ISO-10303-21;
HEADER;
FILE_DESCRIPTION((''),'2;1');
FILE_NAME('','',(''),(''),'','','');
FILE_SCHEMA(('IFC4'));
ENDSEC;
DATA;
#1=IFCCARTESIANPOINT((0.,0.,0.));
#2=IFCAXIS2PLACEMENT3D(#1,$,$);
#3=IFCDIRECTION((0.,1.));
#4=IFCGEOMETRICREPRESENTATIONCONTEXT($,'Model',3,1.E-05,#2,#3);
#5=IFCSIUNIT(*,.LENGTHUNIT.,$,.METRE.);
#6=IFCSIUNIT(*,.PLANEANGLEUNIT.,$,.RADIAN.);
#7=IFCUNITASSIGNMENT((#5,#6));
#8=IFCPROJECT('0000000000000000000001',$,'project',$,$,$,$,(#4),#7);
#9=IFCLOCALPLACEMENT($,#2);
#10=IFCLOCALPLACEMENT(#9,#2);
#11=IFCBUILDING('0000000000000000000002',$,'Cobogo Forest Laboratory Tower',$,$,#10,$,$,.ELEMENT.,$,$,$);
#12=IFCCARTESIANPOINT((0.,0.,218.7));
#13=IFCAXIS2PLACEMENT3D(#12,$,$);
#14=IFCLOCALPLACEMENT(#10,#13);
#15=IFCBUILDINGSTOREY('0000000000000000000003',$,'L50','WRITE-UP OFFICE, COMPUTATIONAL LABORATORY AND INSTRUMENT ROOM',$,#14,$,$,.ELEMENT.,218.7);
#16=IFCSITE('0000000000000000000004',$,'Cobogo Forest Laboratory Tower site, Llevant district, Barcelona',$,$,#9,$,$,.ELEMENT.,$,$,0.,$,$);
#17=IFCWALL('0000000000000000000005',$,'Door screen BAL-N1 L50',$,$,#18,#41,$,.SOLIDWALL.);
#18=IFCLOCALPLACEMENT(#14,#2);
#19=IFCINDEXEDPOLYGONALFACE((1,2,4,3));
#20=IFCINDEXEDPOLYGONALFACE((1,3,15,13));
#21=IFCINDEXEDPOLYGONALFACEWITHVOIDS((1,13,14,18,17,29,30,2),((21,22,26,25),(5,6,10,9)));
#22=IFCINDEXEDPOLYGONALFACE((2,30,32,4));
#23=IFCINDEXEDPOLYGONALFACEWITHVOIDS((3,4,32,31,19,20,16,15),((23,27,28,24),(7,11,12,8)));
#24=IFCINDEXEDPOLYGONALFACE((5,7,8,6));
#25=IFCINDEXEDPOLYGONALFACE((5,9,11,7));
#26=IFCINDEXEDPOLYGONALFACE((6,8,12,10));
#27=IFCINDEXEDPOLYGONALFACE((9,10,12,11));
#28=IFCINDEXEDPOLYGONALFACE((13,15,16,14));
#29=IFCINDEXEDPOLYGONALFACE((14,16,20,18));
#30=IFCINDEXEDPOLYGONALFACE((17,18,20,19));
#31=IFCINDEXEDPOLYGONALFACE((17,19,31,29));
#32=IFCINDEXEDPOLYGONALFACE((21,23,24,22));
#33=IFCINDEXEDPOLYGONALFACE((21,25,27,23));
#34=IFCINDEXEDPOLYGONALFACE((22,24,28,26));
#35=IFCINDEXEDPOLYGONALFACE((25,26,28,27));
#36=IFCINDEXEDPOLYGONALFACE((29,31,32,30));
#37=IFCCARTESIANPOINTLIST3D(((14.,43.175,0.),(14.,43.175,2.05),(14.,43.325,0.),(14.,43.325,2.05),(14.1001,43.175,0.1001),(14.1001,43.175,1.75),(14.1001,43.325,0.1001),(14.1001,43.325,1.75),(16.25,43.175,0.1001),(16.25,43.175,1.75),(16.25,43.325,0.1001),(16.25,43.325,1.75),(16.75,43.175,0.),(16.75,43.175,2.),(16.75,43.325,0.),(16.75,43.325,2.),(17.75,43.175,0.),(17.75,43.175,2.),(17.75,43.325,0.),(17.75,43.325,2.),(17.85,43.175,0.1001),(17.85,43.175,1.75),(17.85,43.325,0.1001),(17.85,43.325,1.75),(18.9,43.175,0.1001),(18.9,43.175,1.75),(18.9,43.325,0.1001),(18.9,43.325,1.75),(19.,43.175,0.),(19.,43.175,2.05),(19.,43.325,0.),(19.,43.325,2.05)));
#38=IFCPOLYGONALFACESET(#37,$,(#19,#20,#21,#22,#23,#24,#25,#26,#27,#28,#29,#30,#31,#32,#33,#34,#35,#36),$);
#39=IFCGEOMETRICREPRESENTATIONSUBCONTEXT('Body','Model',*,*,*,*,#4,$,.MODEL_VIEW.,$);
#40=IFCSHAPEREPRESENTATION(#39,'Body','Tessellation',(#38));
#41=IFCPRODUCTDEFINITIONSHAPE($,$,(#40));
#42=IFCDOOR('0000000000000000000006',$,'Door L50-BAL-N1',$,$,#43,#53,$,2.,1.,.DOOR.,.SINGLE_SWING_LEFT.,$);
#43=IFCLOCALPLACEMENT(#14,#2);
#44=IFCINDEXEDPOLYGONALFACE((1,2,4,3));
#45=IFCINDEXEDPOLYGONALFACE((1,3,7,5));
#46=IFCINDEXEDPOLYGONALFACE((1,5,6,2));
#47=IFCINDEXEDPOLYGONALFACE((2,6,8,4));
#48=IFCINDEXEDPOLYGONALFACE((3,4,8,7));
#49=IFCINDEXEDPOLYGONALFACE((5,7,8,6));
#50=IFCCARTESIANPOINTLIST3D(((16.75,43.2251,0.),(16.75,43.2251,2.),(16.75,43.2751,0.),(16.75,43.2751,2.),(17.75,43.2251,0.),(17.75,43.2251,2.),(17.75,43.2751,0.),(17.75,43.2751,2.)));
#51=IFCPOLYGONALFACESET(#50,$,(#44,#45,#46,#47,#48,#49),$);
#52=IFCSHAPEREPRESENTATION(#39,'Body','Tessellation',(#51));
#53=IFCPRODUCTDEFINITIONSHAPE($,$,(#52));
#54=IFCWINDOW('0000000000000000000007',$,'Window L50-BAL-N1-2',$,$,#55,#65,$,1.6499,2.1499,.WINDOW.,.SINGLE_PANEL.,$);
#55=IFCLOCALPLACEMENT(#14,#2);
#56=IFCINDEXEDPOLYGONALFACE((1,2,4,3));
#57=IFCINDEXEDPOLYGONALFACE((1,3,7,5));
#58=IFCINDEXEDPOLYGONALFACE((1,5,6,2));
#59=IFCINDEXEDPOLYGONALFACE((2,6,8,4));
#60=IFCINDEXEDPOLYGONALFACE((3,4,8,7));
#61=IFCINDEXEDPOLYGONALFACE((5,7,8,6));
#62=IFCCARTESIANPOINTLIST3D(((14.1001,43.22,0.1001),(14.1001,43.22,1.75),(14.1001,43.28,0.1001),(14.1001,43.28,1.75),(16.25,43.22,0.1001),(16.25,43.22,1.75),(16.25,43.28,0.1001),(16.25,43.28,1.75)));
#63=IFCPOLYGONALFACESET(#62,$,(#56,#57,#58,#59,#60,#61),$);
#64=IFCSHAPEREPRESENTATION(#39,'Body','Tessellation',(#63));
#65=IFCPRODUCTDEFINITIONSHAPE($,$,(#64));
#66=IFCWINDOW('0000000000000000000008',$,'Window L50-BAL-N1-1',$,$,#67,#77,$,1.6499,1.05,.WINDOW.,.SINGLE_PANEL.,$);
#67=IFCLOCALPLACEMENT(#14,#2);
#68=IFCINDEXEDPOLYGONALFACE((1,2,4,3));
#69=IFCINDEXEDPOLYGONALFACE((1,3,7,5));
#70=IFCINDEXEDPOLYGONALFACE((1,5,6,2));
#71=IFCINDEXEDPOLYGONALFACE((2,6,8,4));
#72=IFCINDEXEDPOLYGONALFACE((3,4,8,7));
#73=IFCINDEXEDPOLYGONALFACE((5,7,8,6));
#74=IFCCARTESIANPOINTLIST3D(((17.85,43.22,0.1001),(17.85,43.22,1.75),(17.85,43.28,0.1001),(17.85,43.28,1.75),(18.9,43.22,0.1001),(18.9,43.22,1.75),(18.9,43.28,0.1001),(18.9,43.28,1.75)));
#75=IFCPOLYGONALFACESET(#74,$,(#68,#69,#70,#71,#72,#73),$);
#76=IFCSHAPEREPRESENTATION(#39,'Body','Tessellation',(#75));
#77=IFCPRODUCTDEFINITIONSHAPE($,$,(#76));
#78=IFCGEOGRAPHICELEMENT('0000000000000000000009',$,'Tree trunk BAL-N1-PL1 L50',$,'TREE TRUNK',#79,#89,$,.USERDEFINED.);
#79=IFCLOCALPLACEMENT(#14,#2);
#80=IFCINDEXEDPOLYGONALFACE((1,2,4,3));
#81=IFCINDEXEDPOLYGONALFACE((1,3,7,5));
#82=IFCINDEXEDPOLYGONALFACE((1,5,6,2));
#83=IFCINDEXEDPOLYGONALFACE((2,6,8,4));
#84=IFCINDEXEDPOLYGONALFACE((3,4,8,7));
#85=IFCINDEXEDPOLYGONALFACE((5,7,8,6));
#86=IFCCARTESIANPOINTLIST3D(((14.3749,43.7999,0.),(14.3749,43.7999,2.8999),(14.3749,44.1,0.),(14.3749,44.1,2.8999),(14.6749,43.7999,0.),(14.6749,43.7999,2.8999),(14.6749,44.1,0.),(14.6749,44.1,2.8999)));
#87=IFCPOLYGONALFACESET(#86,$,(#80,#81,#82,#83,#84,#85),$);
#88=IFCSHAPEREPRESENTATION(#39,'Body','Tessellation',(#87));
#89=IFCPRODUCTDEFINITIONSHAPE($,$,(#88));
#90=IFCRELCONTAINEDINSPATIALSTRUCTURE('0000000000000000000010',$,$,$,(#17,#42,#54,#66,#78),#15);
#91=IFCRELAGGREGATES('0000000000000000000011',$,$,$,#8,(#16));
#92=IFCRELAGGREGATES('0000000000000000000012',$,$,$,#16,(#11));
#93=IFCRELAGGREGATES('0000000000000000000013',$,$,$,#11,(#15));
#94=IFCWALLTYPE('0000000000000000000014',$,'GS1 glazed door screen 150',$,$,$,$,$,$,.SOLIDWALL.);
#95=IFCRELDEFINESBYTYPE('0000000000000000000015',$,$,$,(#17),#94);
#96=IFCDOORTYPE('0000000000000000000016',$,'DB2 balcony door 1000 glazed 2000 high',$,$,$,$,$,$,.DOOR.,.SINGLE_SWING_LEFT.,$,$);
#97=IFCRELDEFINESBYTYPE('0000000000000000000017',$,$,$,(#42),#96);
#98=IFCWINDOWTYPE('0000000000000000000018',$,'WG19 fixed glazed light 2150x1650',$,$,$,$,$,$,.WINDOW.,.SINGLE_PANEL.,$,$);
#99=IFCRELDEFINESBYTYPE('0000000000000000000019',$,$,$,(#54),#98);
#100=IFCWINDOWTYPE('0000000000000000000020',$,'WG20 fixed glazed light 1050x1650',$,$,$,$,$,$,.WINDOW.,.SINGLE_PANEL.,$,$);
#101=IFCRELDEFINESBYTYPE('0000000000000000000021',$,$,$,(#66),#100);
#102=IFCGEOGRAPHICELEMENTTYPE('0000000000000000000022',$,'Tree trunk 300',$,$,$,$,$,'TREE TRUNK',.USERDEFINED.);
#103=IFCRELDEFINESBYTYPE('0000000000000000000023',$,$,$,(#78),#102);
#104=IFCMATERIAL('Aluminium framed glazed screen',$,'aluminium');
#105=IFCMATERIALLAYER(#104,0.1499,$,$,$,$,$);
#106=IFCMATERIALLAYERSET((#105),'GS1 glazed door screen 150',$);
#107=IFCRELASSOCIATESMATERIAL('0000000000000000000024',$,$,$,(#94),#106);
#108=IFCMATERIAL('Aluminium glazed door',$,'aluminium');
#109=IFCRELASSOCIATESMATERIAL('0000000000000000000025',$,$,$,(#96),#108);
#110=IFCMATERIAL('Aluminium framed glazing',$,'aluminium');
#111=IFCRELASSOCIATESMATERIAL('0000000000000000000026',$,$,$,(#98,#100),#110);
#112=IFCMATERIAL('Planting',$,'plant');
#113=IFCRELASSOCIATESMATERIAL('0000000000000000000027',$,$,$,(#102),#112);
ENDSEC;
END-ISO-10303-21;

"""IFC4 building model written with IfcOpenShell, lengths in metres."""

from ifc_helpers import new_model, si_unit, direction, frame, frame_2d, origin, origin_2d, place, context, subcontext, project, spatial, rectangle, extrude, material, layer, layer_set, type_object, element, fill, save


model = new_model("IFC4")

# Units and contexts
model_context = context("Model", 3, precision=1e-05, world=origin(), true_north=direction((0.0, 1.0)))
body_context = subcontext(model_context, "Body", "Model", "MODEL_VIEW")
ifc_project = project(units=[si_unit("LENGTHUNIT", "METRE"), si_unit("PLANEANGLEUNIT", "RADIAN")], contexts=[model_context])

# Site, building, storey
site_placement = place(None, origin())
site = spatial("IfcSite", under=ifc_project, at=site_placement, Name="Cobogo Forest Laboratory Tower site, Llevant district, Barcelona", CompositionType="ELEMENT", RefElevation=0.0)
building_placement = place(site_placement, origin())
building = spatial("IfcBuilding", under=site, at=building_placement, Name="Cobogo Forest Laboratory Tower", CompositionType="ELEMENT")
storey_placement = place(building_placement, frame((0.0, 0.0, 218.7)))
storey = spatial("IfcBuildingStorey", under=building, at=storey_placement, Name="L50", Description="WRITE-UP OFFICE, COMPUTATIONAL LABORATORY AND INSTRUMENT ROOM", CompositionType="ELEMENT", Elevation=218.7)

# Wall, openings, door, windows
ifc_material_1 = material(Name="Aluminium framed glazed screen", Category="aluminium")
ifc_layer_1 = layer(ifc_material_1, 0.1499)
ifc_layer_set_1 = layer_set([ifc_layer_1], Name="GS1 glazed door screen 150")
wall_type = type_object("IfcWallType", Name="GS1 glazed door screen 150", PredefinedType="SOLIDWALL", material=ifc_layer_set_1)
wall_placement = place(storey_placement, frame((19.0, 43.25, 0.0), z_axis=(0.0, 0.0, 1.0), x_axis=(-1.0, 0.0, 0.0)))
wall = element("IfcWall", 1, at=wall_placement, inside=storey, type_object=wall_type, Name="Door screen BAL-N1 L50", PredefinedType="SOLIDWALL", context=body_context, shape_type="SweptSolid", body=[
    extrude(rectangle(XDim=5.0, YDim=0.1499, at=frame_2d((2.5, 0.0))), origin(), (0.0, 0.0, 1.0), 2.05),
])
opening_1_placement = place(wall_placement, frame((1.25, 0.0, 0.0)))
opening_1 = element("IfcOpeningElement", 2, at=opening_1_placement, cuts=wall, PredefinedType="OPENING", context=body_context, shape_type="SweptSolid", body=[
    extrude(rectangle(XDim=1.0, YDim=2.0, at=frame_2d((0.5, 1.0))), frame((0.0, 0.085, 0.0), z_axis=(0.0, -1.0, 0.0), x_axis=(1.0, 0.0, 0.0)), (0.0, 0.0, 1.0), 0.1699),
])
opening_2_placement = place(wall_placement, frame((0.1001, 0.0, 0.1001)))
opening_2 = element("IfcOpeningElement", 3, at=opening_2_placement, cuts=wall, PredefinedType="OPENING", context=body_context, shape_type="SweptSolid", body=[
    extrude(rectangle(XDim=1.05, YDim=1.6499, at=frame_2d((0.5249, 0.825))), frame((0.0, 0.085, 0.0), z_axis=(0.0, -1.0, 0.0), x_axis=(1.0, 0.0, 0.0)), (0.0, 0.0, 1.0), 0.1699),
])
opening_3_placement = place(wall_placement, frame((2.75, 0.0, 0.1001)))
opening_3 = element("IfcOpeningElement", 4, at=opening_3_placement, cuts=wall, PredefinedType="OPENING", context=body_context, shape_type="SweptSolid", body=[
    extrude(rectangle(XDim=2.1499, YDim=1.6499, at=frame_2d((1.075, 0.825))), frame((0.0, 0.085, 0.0), z_axis=(0.0, -1.0, 0.0), x_axis=(1.0, 0.0, 0.0)), (0.0, 0.0, 1.0), 0.1699),
])
ifc_material_2 = material(Name="Aluminium glazed door", Category="aluminium")
door_type = type_object("IfcDoorType", Name="DB2 balcony door 1000 glazed 2000 high", OperationType="SINGLE_SWING_LEFT", PredefinedType="DOOR", material=ifc_material_2)
door_placement = place(opening_1_placement, origin())
door = element("IfcDoor", 5, at=door_placement, inside=storey, type_object=door_type, Name="Door L50-BAL-N1", OperationType="SINGLE_SWING_LEFT", OverallHeight=2.0, OverallWidth=1.0, PredefinedType="DOOR", context=body_context, shape_type="SweptSolid", body=[
    extrude(rectangle(XDim=1.0, YDim=2.0, at=frame_2d((0.5, 1.0))), frame((0.0, 0.0249, 0.0), z_axis=(0.0, -1.0, 0.0), x_axis=(1.0, 0.0, 0.0)), (0.0, 0.0, 1.0), 0.05),
])
fill(opening_1, door)
ifc_material_3 = material(Name="Aluminium framed glazing", Category="aluminium")
window_type_1 = type_object("IfcWindowType", Name="WG19 fixed glazed light 2150x1650", PartitioningType="SINGLE_PANEL", PredefinedType="WINDOW", material=ifc_material_3)
window_1_placement = place(opening_3_placement, origin())
window_1 = element("IfcWindow", 6, at=window_1_placement, inside=storey, type_object=window_type_1, Name="Window L50-BAL-N1-2", OverallHeight=1.6499, OverallWidth=2.1499, PartitioningType="SINGLE_PANEL", PredefinedType="WINDOW", context=body_context, shape_type="SweptSolid", body=[
    extrude(rectangle(XDim=2.1499, YDim=1.6499, at=frame_2d((1.075, 0.825))), frame((0.0, 0.03, 0.0), z_axis=(0.0, -1.0, 0.0), x_axis=(1.0, 0.0, 0.0)), (0.0, 0.0, 1.0), 0.0601),
])
fill(opening_3, window_1)
window_type_2 = type_object("IfcWindowType", Name="WG20 fixed glazed light 1050x1650", PartitioningType="SINGLE_PANEL", PredefinedType="WINDOW", material=ifc_material_3)
window_2_placement = place(opening_2_placement, origin())
window_2 = element("IfcWindow", 7, at=window_2_placement, inside=storey, type_object=window_type_2, Name="Window L50-BAL-N1-1", OverallHeight=1.6499, OverallWidth=1.05, PartitioningType="SINGLE_PANEL", PredefinedType="WINDOW", context=body_context, shape_type="SweptSolid", body=[
    extrude(rectangle(XDim=1.05, YDim=1.6499, at=frame_2d((0.5249, 0.825))), frame((0.0, 0.03, 0.0), z_axis=(0.0, -1.0, 0.0), x_axis=(1.0, 0.0, 0.0)), (0.0, 0.0, 1.0), 0.0601),
])
fill(opening_2, window_2)

# Geographic element
ifc_material_4 = material(Name="Planting", Category="plant")
geographic_element_type = type_object("IfcGeographicElementType", Name="Tree trunk 300", ElementType="TREE TRUNK", PredefinedType="USERDEFINED", material=ifc_material_4)
geographic_element_placement = place(storey_placement, frame((14.5249, 43.95, 0.0), z_axis=(0.0, 0.0, 1.0), x_axis=(1.0, 0.0, 0.0)))
element("IfcGeographicElement", 8, at=geographic_element_placement, inside=storey, type_object=geographic_element_type, Name="Tree trunk BAL-N1-PL1 L50", ObjectType="TREE TRUNK", PredefinedType="USERDEFINED", context=body_context, shape_type="SweptSolid", body=[
    extrude(rectangle(XDim=0.3, YDim=0.3, at=origin_2d()), origin(), (0.0, 0.0, 1.0), 2.8999),
])

save(model, "model.ifc")
